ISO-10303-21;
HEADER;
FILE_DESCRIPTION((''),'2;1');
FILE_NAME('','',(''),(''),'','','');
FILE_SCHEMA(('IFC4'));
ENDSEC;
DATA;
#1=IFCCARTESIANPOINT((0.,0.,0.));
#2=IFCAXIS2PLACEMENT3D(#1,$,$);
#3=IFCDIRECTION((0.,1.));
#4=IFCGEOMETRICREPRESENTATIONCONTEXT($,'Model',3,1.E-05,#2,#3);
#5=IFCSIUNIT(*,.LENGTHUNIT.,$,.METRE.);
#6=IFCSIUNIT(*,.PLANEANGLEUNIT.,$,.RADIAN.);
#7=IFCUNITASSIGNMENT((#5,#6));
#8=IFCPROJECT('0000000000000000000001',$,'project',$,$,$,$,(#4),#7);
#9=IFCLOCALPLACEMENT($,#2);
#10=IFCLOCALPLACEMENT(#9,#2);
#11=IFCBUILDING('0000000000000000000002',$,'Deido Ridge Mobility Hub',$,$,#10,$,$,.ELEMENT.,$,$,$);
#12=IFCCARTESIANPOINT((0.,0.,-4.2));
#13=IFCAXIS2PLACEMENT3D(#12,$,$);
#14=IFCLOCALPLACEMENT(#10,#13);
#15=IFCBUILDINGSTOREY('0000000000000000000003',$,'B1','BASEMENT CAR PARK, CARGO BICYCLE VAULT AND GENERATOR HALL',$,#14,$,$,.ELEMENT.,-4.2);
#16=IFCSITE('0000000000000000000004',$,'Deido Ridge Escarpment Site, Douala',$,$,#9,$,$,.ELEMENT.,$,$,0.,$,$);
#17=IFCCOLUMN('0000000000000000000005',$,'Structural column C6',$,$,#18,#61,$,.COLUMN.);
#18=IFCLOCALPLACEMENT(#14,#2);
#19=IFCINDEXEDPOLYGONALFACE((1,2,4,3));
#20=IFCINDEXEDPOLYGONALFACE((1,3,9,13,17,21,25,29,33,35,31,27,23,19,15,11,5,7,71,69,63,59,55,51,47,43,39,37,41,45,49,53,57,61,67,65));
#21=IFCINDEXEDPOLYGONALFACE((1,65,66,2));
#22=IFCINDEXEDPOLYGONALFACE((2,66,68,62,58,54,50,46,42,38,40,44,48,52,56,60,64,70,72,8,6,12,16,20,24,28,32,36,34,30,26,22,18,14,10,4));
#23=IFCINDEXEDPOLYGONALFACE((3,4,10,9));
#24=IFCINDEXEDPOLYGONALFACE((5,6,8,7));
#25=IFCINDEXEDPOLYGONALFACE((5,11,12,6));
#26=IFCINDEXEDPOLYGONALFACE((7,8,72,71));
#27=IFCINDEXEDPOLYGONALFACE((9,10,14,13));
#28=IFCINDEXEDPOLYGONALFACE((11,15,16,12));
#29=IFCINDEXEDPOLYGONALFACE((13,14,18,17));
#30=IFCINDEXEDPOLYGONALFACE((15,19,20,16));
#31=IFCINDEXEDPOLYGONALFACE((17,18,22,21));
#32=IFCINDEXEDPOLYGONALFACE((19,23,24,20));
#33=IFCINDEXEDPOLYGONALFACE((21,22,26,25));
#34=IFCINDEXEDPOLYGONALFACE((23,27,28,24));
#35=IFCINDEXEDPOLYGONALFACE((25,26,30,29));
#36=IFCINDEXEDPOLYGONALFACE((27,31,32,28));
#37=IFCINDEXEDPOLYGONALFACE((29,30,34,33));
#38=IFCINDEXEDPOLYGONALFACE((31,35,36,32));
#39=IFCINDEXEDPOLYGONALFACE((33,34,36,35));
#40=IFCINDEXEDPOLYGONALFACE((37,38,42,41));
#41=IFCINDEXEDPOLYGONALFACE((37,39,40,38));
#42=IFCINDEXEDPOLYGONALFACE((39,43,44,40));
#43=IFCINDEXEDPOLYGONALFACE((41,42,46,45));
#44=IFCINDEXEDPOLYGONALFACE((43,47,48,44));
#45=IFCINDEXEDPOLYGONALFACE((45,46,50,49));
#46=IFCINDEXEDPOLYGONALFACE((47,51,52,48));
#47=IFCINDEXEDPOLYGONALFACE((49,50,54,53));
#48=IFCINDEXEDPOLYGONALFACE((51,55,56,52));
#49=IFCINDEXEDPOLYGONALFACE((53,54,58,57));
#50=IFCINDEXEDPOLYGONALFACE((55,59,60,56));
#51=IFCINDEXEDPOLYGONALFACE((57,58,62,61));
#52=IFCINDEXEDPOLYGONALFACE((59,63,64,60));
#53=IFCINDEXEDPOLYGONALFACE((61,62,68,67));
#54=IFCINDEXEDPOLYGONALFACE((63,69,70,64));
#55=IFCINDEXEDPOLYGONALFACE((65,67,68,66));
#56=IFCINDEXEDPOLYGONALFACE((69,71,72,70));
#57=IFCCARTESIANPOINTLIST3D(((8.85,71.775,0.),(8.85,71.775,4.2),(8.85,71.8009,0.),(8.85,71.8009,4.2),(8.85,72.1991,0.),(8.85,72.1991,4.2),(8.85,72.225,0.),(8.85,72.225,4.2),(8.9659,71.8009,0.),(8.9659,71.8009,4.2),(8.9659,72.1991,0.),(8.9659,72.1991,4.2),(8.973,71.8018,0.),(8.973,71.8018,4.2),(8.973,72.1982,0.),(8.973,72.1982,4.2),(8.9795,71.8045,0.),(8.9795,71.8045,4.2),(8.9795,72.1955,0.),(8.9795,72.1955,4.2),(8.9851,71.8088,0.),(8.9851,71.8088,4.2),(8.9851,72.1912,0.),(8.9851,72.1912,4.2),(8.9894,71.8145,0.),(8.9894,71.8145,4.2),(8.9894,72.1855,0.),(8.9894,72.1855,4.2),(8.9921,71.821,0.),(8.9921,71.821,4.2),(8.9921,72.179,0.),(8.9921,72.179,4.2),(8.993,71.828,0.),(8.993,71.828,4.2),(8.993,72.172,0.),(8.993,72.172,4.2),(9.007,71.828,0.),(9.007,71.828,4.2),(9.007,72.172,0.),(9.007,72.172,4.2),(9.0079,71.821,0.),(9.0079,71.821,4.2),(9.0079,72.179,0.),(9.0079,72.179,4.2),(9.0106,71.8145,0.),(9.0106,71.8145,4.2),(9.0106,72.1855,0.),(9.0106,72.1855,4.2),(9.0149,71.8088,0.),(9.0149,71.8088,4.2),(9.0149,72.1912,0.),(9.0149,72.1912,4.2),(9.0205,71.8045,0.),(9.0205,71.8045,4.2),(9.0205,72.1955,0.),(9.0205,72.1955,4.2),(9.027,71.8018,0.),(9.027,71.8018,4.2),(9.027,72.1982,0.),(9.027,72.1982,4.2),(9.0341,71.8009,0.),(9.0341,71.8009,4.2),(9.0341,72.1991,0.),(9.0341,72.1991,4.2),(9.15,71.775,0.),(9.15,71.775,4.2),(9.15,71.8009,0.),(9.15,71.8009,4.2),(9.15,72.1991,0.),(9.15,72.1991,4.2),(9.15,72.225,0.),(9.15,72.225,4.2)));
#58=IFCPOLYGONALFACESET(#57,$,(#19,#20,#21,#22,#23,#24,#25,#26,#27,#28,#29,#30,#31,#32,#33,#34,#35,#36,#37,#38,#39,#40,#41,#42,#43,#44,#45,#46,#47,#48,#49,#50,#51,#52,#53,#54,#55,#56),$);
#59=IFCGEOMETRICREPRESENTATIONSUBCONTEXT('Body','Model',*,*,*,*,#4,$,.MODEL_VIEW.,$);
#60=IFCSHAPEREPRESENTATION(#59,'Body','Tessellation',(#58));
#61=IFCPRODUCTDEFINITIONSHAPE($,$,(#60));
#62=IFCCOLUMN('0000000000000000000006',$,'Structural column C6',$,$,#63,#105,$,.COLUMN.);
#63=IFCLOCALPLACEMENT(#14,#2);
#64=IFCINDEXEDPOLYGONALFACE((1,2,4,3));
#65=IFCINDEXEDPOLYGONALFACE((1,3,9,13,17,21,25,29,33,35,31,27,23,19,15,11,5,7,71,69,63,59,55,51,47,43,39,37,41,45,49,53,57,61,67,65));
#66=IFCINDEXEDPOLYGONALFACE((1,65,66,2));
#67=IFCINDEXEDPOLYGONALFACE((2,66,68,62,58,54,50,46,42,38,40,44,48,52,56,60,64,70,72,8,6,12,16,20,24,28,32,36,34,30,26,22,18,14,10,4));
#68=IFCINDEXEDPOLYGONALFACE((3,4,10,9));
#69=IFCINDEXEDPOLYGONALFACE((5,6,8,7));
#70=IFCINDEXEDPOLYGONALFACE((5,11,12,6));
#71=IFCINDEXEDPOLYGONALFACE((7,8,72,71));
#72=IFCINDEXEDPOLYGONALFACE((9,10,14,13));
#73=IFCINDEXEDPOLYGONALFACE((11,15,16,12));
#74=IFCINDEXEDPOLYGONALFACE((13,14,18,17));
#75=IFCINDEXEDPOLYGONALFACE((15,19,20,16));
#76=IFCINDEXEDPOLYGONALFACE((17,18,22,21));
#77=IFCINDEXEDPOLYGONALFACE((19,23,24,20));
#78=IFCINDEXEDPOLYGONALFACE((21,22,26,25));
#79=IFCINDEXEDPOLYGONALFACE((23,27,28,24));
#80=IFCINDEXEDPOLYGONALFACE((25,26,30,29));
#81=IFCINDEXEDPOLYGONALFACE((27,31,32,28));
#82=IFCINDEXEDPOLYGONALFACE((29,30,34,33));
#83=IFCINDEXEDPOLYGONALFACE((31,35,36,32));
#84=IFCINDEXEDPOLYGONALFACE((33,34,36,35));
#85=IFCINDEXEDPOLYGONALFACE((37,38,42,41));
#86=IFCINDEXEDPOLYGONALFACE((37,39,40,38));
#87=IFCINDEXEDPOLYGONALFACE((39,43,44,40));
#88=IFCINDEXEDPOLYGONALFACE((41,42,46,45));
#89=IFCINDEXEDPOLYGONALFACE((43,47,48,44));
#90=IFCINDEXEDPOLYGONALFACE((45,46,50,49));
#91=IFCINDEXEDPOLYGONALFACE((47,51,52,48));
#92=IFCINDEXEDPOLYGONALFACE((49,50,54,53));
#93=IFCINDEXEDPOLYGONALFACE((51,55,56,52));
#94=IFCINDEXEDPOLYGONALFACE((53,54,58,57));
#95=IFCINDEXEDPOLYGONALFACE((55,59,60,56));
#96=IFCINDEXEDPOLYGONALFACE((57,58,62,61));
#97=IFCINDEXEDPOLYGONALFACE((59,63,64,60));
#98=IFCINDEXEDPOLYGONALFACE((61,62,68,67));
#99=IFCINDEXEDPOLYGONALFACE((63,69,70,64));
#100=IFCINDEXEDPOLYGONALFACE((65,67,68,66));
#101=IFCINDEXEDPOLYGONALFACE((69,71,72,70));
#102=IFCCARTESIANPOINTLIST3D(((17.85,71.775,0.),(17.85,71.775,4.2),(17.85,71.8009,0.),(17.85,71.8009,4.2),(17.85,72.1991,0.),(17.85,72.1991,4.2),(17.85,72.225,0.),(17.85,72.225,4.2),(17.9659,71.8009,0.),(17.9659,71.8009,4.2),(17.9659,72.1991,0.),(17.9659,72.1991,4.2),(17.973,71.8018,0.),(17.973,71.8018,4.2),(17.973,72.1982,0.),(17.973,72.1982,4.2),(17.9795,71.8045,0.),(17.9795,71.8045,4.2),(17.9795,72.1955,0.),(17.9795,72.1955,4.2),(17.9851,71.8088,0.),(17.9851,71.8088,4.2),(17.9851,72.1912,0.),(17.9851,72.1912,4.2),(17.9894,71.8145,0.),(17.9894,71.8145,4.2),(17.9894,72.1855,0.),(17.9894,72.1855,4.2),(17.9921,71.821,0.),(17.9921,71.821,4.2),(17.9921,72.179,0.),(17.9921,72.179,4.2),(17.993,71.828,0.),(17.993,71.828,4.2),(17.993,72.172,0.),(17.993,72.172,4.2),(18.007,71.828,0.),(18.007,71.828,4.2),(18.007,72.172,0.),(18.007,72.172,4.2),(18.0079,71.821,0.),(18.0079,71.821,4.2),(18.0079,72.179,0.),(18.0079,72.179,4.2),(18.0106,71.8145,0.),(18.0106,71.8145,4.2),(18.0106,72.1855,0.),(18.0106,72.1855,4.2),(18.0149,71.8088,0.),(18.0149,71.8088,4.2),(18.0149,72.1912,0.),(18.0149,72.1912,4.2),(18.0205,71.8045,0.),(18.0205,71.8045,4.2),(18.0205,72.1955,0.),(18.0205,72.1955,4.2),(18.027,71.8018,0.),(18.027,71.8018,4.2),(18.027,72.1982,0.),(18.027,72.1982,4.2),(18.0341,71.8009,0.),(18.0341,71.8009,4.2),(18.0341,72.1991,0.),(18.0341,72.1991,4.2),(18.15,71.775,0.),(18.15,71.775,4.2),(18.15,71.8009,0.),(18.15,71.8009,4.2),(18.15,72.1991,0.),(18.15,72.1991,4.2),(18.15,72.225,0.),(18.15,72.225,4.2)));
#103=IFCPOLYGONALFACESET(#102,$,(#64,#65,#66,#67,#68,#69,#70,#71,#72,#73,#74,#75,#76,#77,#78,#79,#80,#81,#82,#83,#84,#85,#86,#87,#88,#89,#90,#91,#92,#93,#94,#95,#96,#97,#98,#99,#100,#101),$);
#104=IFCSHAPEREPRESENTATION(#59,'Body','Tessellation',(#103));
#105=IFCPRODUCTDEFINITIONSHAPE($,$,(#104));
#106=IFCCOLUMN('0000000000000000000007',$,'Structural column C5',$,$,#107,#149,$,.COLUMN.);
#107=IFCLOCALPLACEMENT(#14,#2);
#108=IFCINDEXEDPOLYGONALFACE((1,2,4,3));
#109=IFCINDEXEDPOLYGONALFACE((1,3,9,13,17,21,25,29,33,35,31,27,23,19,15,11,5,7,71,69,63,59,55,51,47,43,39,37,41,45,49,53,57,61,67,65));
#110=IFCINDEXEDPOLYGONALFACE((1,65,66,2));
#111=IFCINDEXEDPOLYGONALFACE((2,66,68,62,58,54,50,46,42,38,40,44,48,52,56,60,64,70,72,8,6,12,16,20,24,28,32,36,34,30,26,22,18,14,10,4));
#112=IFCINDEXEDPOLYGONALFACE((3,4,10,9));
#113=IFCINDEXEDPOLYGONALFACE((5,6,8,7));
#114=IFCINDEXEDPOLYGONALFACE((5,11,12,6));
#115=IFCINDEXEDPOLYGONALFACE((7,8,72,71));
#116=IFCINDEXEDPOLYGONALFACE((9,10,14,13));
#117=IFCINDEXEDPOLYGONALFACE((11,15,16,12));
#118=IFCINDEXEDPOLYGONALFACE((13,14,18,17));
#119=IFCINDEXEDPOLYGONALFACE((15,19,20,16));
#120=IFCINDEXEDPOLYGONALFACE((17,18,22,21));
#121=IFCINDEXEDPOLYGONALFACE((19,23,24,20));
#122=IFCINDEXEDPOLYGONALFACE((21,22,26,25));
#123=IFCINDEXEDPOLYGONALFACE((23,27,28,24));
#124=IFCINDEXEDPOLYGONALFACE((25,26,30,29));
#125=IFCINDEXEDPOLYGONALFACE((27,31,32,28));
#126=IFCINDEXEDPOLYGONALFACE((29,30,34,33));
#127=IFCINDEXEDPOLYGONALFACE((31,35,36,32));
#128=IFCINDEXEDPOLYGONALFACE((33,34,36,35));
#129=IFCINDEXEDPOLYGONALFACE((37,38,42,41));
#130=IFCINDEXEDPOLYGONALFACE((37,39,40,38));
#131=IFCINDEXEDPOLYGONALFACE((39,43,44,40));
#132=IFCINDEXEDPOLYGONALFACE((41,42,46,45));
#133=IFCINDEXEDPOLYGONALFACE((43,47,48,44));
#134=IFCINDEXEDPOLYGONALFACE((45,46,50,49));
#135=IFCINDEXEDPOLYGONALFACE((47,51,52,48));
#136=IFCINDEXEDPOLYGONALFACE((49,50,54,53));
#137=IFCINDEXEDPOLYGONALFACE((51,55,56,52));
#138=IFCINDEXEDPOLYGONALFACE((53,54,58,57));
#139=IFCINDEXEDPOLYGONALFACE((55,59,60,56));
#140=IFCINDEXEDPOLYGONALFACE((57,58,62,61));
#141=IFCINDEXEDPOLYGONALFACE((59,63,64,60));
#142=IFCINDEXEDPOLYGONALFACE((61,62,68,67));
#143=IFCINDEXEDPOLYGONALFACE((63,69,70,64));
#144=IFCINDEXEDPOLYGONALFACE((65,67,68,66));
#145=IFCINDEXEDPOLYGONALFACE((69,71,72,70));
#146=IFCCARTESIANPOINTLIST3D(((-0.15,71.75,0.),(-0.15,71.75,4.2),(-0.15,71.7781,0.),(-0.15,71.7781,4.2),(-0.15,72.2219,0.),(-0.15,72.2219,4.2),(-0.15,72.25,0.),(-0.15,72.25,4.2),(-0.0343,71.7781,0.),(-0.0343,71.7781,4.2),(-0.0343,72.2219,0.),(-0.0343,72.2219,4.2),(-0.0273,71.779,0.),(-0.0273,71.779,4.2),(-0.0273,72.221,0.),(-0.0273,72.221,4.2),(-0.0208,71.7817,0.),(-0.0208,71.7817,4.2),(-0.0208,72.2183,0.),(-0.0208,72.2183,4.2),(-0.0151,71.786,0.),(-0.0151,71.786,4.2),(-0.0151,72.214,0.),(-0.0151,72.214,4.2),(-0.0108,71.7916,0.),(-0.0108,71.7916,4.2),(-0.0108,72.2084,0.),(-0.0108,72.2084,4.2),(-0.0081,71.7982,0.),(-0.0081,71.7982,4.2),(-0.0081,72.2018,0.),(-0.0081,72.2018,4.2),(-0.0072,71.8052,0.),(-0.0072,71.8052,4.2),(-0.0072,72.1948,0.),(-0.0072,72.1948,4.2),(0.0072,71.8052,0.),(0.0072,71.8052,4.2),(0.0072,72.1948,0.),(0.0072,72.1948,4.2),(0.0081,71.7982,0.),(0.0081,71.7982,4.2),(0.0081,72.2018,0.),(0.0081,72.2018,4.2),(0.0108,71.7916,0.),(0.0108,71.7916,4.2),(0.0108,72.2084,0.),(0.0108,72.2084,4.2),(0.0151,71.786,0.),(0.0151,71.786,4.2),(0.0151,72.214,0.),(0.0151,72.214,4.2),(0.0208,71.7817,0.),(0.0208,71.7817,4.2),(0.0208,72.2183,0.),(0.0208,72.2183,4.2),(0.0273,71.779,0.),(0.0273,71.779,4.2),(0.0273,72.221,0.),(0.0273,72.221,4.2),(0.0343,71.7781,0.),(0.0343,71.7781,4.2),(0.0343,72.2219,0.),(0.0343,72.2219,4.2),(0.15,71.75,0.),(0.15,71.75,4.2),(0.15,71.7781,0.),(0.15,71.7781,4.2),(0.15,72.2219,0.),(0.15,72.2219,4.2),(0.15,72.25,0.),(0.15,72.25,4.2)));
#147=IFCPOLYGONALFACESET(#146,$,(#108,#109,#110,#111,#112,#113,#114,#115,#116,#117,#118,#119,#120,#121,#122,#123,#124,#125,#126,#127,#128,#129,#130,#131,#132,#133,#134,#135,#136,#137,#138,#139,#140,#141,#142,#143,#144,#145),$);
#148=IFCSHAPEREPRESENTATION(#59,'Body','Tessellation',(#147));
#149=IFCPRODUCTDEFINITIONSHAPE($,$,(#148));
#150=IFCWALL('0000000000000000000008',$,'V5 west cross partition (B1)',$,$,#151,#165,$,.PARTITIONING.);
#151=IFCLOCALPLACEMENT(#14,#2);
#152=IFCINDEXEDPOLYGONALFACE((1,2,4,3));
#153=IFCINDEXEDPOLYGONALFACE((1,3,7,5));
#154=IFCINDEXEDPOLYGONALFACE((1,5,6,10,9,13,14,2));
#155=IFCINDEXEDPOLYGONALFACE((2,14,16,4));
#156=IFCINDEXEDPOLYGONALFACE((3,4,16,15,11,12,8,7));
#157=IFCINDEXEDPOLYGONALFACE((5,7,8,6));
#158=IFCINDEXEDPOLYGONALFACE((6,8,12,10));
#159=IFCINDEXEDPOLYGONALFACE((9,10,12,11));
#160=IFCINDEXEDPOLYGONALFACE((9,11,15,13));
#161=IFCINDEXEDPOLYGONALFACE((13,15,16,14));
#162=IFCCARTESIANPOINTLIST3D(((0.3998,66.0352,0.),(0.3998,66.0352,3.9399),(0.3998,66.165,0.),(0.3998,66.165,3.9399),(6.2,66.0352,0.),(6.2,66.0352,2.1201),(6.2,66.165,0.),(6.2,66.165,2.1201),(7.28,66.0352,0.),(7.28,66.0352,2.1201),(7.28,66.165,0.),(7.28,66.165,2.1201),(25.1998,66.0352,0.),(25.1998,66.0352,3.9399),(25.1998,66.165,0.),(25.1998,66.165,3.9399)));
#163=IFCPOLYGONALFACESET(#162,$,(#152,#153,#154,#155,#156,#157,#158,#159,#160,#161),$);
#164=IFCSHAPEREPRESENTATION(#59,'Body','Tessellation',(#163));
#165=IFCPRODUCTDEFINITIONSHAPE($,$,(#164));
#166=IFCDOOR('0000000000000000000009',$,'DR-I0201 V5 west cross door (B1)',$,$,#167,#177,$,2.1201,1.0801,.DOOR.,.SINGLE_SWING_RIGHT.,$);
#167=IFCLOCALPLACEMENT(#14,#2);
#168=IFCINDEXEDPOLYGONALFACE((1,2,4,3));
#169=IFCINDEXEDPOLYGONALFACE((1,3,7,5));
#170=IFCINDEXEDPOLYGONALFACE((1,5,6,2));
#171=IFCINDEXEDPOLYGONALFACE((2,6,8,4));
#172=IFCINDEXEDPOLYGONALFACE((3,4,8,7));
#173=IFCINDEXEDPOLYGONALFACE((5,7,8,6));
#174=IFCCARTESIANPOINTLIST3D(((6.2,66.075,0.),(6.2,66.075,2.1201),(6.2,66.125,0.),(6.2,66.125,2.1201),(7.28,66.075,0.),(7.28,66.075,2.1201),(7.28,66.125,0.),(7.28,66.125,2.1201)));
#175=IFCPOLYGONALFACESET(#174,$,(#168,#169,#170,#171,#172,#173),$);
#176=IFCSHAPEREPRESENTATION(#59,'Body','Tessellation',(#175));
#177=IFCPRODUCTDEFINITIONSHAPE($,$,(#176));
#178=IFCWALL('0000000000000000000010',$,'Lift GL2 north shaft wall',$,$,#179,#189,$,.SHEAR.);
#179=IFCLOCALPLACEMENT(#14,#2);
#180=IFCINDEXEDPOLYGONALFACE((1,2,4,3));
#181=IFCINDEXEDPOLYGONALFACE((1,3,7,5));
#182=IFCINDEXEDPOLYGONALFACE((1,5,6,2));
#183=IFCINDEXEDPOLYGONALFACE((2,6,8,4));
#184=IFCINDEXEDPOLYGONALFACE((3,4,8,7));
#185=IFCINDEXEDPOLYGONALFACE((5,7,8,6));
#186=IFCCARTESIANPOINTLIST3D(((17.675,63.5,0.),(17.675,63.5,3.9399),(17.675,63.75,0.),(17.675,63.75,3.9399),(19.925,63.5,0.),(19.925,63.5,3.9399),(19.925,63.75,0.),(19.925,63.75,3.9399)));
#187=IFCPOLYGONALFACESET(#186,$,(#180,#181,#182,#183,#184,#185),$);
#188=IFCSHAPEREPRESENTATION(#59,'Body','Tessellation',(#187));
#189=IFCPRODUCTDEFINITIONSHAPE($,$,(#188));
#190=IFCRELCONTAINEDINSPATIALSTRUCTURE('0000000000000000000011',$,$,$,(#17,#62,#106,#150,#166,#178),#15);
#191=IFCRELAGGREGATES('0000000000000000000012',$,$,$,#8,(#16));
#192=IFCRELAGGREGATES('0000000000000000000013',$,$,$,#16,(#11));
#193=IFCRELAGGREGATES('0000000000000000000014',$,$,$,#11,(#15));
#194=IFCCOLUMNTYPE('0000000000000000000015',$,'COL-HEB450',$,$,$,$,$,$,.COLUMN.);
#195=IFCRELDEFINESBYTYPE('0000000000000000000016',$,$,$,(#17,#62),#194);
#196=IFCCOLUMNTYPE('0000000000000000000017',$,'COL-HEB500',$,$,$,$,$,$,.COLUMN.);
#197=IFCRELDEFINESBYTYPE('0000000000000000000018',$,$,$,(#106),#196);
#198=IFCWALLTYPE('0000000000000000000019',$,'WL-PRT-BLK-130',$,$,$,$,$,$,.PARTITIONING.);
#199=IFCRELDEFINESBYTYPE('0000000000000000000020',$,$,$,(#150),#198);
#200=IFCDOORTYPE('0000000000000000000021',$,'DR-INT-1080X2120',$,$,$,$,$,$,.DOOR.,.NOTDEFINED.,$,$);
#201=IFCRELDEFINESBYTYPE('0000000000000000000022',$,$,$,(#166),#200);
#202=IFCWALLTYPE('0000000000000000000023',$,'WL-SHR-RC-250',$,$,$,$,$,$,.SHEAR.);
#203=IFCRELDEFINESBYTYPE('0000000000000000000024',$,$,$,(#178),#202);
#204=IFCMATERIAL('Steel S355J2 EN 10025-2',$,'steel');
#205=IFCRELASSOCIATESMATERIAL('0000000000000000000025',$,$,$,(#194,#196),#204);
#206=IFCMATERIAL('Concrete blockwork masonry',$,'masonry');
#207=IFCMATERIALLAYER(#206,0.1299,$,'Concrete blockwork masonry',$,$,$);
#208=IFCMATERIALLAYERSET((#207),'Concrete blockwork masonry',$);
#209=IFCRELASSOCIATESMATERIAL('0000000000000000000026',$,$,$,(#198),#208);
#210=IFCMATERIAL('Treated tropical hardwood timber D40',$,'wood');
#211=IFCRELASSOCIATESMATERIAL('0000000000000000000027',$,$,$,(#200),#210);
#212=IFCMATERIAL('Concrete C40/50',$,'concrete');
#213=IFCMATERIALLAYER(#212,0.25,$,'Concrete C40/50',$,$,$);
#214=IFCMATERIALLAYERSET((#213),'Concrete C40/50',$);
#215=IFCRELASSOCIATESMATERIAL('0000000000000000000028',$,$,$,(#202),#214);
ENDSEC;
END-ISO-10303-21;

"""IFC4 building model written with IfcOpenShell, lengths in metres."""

from ifc_helpers import new_model, si_unit, direction, frame, frame_2d, origin, origin_2d, place, context, subcontext, project, spatial, rectangle, i_section, extrude, material, layer, layer_set, material_profile, profile_set, type_object, element, fill, save


model = new_model("IFC4")

# Units and contexts
model_context = context("Model", 3, precision=1e-05, world=origin(), true_north=direction((0.0, 1.0)))
body_context = subcontext(model_context, "Body", "Model", "MODEL_VIEW")
ifc_project = project(units=[si_unit("LENGTHUNIT", "METRE"), si_unit("PLANEANGLEUNIT", "RADIAN")], contexts=[model_context])

# Site, building, storey
site_placement = place(None, origin())
site = spatial("IfcSite", under=ifc_project, at=site_placement, Name="Deido Ridge Escarpment Site, Douala", CompositionType="ELEMENT", RefElevation=0.0)
building_placement = place(site_placement, origin())
building = spatial("IfcBuilding", under=site, at=building_placement, Name="Deido Ridge Mobility Hub", CompositionType="ELEMENT")
storey_placement = place(building_placement, frame((0.0, 0.0, -4.2)))
storey = spatial("IfcBuildingStorey", under=building, at=storey_placement, Name="B1", Description="BASEMENT CAR PARK, CARGO BICYCLE VAULT AND GENERATOR HALL", CompositionType="ELEMENT", Elevation=-4.2)

# Shared definitions
ifc_material_1 = material(Name="Concrete C40/50", Category="concrete")

# Columns
ifc_material_2 = material(Name="Steel S355J2 EN 10025-2", Category="steel")
ifc_material_profile_1 = material_profile(ifc_material_2, i_section(OverallWidth=0.3, OverallDepth=0.45, WebThickness=0.0139, FlangeThickness=0.0259, FilletRadius=0.0271, at=origin_2d()), Name="HEB 450")
ifc_profile_set_1 = profile_set([ifc_material_profile_1], Name="Steel S355J2 EN 10025-2")
column_type_1 = type_object("IfcColumnType", Name="COL-HEB450", PredefinedType="COLUMN", material=ifc_profile_set_1)
for number, where, z_axis, x_axis, name in (
    (1, (9.0, 72.0, 0.0), (0.0, 0.0, 1.0), (1.0, 0.0, 0.0), "Structural column C6"),
    (2, (18.0, 72.0, 0.0), (0.0, 0.0, 1.0), (1.0, 0.0, 0.0), "Structural column C6"),
):
    element("IfcColumn", number, at=place(storey_placement, frame(where, z_axis=z_axis, x_axis=x_axis)), inside=storey, type_object=column_type_1, Name=name, PredefinedType="COLUMN", context=body_context, shape_type="SweptSolid", body=[
        extrude(i_section(OverallWidth=0.3, OverallDepth=0.45, WebThickness=0.0139, FlangeThickness=0.0259, FilletRadius=0.0271, at=origin_2d()), origin(), (0.0, 0.0, 1.0), 4.2),
    ])
ifc_material_profile_2 = material_profile(ifc_material_2, i_section(OverallWidth=0.3, OverallDepth=0.5, WebThickness=0.0144, FlangeThickness=0.0281, FilletRadius=0.0271, at=origin_2d()), Name="HEB 500")
ifc_profile_set_2 = profile_set([ifc_material_profile_2], Name="Steel S355J2 EN 10025-2")
column_type_2 = type_object("IfcColumnType", Name="COL-HEB500", PredefinedType="COLUMN", material=ifc_profile_set_2)
column_placement = place(storey_placement, frame((0.0, 72.0, 0.0), z_axis=(0.0, 0.0, 1.0), x_axis=(1.0, 0.0, 0.0)))
element("IfcColumn", 3, at=column_placement, inside=storey, type_object=column_type_2, Name="Structural column C5", PredefinedType="COLUMN", context=body_context, shape_type="SweptSolid", body=[
    extrude(i_section(OverallWidth=0.3, OverallDepth=0.5, WebThickness=0.0144, FlangeThickness=0.0281, FilletRadius=0.0271, at=origin_2d()), origin(), (0.0, 0.0, 1.0), 4.2),
])

# Wall, opening, door
ifc_material_3 = material(Name="Concrete blockwork masonry", Category="masonry")
ifc_layer_1 = layer(ifc_material_3, 0.1299, Name="Concrete blockwork masonry")
ifc_layer_set_1 = layer_set([ifc_layer_1], Name="Concrete blockwork masonry")
wall_type_1 = type_object("IfcWallType", Name="WL-PRT-BLK-130", PredefinedType="PARTITIONING", material=ifc_layer_set_1)
wall_1_placement = place(storey_placement, frame((0.3999, 66.1001, 0.0), z_axis=(0.0, 0.0, 1.0), x_axis=(1.0, 0.0, 0.0)))
wall_1 = element("IfcWall", 4, at=wall_1_placement, inside=storey, type_object=wall_type_1, Name="V5 west cross partition (B1)", PredefinedType="PARTITIONING", context=body_context, shape_type="SweptSolid", body=[
    extrude(rectangle(XDim=24.8, YDim=0.1299, at=frame_2d((12.3999, 0.0))), origin(), (0.0, 0.0, 1.0), 3.9399),
])
opening_placement = place(wall_1_placement, frame((5.8, 0.0, 0.0)))
opening = element("IfcOpeningElement", 5, at=opening_placement, cuts=wall_1, PredefinedType="OPENING", context=body_context, shape_type="SweptSolid", body=[
    extrude(rectangle(XDim=1.0801, YDim=2.1201, at=frame_2d((0.54, 1.0601))), frame((0.0, 0.075, 0.0), z_axis=(0.0, -1.0, 0.0), x_axis=(1.0, 0.0, 0.0)), (0.0, 0.0, 1.0), 0.1499),
])
ifc_material_4 = material(Name="Treated tropical hardwood timber D40", Category="wood")
door_type = type_object("IfcDoorType", Name="DR-INT-1080X2120", OperationType="NOTDEFINED", PredefinedType="DOOR", material=ifc_material_4)
door_placement = place(opening_placement, origin())
door = element("IfcDoor", 6, at=door_placement, inside=storey, type_object=door_type, Name="DR-I0201 V5 west cross door (B1)", OperationType="SINGLE_SWING_RIGHT", OverallHeight=2.1201, OverallWidth=1.0801, PredefinedType="DOOR", context=body_context, shape_type="SweptSolid", body=[
    extrude(rectangle(XDim=1.0801, YDim=2.1201, at=frame_2d((0.54, 1.0601))), frame((0.0, 0.0249, 0.0), z_axis=(0.0, -1.0, 0.0), x_axis=(1.0, 0.0, 0.0)), (0.0, 0.0, 1.0), 0.05),
])
fill(opening, door)

# Wall
ifc_layer_2 = layer(ifc_material_1, 0.25, Name="Concrete C40/50")
ifc_layer_set_2 = layer_set([ifc_layer_2], Name="Concrete C40/50")
wall_type_2 = type_object("IfcWallType", Name="WL-SHR-RC-250", PredefinedType="SHEAR", material=ifc_layer_set_2)
wall_2_placement = place(storey_placement, frame((17.675, 63.625, 0.0), z_axis=(0.0, 0.0, 1.0), x_axis=(1.0, 0.0, 0.0)))
element("IfcWall", 7, at=wall_2_placement, inside=storey, type_object=wall_type_2, Name="Lift GL2 north shaft wall", PredefinedType="SHEAR", context=body_context, shape_type="SweptSolid", body=[
    extrude(rectangle(XDim=2.25, YDim=0.25, at=frame_2d((1.125, 0.0))), origin(), (0.0, 0.0, 1.0), 3.9399),
])

save(model, "model.ifc")
